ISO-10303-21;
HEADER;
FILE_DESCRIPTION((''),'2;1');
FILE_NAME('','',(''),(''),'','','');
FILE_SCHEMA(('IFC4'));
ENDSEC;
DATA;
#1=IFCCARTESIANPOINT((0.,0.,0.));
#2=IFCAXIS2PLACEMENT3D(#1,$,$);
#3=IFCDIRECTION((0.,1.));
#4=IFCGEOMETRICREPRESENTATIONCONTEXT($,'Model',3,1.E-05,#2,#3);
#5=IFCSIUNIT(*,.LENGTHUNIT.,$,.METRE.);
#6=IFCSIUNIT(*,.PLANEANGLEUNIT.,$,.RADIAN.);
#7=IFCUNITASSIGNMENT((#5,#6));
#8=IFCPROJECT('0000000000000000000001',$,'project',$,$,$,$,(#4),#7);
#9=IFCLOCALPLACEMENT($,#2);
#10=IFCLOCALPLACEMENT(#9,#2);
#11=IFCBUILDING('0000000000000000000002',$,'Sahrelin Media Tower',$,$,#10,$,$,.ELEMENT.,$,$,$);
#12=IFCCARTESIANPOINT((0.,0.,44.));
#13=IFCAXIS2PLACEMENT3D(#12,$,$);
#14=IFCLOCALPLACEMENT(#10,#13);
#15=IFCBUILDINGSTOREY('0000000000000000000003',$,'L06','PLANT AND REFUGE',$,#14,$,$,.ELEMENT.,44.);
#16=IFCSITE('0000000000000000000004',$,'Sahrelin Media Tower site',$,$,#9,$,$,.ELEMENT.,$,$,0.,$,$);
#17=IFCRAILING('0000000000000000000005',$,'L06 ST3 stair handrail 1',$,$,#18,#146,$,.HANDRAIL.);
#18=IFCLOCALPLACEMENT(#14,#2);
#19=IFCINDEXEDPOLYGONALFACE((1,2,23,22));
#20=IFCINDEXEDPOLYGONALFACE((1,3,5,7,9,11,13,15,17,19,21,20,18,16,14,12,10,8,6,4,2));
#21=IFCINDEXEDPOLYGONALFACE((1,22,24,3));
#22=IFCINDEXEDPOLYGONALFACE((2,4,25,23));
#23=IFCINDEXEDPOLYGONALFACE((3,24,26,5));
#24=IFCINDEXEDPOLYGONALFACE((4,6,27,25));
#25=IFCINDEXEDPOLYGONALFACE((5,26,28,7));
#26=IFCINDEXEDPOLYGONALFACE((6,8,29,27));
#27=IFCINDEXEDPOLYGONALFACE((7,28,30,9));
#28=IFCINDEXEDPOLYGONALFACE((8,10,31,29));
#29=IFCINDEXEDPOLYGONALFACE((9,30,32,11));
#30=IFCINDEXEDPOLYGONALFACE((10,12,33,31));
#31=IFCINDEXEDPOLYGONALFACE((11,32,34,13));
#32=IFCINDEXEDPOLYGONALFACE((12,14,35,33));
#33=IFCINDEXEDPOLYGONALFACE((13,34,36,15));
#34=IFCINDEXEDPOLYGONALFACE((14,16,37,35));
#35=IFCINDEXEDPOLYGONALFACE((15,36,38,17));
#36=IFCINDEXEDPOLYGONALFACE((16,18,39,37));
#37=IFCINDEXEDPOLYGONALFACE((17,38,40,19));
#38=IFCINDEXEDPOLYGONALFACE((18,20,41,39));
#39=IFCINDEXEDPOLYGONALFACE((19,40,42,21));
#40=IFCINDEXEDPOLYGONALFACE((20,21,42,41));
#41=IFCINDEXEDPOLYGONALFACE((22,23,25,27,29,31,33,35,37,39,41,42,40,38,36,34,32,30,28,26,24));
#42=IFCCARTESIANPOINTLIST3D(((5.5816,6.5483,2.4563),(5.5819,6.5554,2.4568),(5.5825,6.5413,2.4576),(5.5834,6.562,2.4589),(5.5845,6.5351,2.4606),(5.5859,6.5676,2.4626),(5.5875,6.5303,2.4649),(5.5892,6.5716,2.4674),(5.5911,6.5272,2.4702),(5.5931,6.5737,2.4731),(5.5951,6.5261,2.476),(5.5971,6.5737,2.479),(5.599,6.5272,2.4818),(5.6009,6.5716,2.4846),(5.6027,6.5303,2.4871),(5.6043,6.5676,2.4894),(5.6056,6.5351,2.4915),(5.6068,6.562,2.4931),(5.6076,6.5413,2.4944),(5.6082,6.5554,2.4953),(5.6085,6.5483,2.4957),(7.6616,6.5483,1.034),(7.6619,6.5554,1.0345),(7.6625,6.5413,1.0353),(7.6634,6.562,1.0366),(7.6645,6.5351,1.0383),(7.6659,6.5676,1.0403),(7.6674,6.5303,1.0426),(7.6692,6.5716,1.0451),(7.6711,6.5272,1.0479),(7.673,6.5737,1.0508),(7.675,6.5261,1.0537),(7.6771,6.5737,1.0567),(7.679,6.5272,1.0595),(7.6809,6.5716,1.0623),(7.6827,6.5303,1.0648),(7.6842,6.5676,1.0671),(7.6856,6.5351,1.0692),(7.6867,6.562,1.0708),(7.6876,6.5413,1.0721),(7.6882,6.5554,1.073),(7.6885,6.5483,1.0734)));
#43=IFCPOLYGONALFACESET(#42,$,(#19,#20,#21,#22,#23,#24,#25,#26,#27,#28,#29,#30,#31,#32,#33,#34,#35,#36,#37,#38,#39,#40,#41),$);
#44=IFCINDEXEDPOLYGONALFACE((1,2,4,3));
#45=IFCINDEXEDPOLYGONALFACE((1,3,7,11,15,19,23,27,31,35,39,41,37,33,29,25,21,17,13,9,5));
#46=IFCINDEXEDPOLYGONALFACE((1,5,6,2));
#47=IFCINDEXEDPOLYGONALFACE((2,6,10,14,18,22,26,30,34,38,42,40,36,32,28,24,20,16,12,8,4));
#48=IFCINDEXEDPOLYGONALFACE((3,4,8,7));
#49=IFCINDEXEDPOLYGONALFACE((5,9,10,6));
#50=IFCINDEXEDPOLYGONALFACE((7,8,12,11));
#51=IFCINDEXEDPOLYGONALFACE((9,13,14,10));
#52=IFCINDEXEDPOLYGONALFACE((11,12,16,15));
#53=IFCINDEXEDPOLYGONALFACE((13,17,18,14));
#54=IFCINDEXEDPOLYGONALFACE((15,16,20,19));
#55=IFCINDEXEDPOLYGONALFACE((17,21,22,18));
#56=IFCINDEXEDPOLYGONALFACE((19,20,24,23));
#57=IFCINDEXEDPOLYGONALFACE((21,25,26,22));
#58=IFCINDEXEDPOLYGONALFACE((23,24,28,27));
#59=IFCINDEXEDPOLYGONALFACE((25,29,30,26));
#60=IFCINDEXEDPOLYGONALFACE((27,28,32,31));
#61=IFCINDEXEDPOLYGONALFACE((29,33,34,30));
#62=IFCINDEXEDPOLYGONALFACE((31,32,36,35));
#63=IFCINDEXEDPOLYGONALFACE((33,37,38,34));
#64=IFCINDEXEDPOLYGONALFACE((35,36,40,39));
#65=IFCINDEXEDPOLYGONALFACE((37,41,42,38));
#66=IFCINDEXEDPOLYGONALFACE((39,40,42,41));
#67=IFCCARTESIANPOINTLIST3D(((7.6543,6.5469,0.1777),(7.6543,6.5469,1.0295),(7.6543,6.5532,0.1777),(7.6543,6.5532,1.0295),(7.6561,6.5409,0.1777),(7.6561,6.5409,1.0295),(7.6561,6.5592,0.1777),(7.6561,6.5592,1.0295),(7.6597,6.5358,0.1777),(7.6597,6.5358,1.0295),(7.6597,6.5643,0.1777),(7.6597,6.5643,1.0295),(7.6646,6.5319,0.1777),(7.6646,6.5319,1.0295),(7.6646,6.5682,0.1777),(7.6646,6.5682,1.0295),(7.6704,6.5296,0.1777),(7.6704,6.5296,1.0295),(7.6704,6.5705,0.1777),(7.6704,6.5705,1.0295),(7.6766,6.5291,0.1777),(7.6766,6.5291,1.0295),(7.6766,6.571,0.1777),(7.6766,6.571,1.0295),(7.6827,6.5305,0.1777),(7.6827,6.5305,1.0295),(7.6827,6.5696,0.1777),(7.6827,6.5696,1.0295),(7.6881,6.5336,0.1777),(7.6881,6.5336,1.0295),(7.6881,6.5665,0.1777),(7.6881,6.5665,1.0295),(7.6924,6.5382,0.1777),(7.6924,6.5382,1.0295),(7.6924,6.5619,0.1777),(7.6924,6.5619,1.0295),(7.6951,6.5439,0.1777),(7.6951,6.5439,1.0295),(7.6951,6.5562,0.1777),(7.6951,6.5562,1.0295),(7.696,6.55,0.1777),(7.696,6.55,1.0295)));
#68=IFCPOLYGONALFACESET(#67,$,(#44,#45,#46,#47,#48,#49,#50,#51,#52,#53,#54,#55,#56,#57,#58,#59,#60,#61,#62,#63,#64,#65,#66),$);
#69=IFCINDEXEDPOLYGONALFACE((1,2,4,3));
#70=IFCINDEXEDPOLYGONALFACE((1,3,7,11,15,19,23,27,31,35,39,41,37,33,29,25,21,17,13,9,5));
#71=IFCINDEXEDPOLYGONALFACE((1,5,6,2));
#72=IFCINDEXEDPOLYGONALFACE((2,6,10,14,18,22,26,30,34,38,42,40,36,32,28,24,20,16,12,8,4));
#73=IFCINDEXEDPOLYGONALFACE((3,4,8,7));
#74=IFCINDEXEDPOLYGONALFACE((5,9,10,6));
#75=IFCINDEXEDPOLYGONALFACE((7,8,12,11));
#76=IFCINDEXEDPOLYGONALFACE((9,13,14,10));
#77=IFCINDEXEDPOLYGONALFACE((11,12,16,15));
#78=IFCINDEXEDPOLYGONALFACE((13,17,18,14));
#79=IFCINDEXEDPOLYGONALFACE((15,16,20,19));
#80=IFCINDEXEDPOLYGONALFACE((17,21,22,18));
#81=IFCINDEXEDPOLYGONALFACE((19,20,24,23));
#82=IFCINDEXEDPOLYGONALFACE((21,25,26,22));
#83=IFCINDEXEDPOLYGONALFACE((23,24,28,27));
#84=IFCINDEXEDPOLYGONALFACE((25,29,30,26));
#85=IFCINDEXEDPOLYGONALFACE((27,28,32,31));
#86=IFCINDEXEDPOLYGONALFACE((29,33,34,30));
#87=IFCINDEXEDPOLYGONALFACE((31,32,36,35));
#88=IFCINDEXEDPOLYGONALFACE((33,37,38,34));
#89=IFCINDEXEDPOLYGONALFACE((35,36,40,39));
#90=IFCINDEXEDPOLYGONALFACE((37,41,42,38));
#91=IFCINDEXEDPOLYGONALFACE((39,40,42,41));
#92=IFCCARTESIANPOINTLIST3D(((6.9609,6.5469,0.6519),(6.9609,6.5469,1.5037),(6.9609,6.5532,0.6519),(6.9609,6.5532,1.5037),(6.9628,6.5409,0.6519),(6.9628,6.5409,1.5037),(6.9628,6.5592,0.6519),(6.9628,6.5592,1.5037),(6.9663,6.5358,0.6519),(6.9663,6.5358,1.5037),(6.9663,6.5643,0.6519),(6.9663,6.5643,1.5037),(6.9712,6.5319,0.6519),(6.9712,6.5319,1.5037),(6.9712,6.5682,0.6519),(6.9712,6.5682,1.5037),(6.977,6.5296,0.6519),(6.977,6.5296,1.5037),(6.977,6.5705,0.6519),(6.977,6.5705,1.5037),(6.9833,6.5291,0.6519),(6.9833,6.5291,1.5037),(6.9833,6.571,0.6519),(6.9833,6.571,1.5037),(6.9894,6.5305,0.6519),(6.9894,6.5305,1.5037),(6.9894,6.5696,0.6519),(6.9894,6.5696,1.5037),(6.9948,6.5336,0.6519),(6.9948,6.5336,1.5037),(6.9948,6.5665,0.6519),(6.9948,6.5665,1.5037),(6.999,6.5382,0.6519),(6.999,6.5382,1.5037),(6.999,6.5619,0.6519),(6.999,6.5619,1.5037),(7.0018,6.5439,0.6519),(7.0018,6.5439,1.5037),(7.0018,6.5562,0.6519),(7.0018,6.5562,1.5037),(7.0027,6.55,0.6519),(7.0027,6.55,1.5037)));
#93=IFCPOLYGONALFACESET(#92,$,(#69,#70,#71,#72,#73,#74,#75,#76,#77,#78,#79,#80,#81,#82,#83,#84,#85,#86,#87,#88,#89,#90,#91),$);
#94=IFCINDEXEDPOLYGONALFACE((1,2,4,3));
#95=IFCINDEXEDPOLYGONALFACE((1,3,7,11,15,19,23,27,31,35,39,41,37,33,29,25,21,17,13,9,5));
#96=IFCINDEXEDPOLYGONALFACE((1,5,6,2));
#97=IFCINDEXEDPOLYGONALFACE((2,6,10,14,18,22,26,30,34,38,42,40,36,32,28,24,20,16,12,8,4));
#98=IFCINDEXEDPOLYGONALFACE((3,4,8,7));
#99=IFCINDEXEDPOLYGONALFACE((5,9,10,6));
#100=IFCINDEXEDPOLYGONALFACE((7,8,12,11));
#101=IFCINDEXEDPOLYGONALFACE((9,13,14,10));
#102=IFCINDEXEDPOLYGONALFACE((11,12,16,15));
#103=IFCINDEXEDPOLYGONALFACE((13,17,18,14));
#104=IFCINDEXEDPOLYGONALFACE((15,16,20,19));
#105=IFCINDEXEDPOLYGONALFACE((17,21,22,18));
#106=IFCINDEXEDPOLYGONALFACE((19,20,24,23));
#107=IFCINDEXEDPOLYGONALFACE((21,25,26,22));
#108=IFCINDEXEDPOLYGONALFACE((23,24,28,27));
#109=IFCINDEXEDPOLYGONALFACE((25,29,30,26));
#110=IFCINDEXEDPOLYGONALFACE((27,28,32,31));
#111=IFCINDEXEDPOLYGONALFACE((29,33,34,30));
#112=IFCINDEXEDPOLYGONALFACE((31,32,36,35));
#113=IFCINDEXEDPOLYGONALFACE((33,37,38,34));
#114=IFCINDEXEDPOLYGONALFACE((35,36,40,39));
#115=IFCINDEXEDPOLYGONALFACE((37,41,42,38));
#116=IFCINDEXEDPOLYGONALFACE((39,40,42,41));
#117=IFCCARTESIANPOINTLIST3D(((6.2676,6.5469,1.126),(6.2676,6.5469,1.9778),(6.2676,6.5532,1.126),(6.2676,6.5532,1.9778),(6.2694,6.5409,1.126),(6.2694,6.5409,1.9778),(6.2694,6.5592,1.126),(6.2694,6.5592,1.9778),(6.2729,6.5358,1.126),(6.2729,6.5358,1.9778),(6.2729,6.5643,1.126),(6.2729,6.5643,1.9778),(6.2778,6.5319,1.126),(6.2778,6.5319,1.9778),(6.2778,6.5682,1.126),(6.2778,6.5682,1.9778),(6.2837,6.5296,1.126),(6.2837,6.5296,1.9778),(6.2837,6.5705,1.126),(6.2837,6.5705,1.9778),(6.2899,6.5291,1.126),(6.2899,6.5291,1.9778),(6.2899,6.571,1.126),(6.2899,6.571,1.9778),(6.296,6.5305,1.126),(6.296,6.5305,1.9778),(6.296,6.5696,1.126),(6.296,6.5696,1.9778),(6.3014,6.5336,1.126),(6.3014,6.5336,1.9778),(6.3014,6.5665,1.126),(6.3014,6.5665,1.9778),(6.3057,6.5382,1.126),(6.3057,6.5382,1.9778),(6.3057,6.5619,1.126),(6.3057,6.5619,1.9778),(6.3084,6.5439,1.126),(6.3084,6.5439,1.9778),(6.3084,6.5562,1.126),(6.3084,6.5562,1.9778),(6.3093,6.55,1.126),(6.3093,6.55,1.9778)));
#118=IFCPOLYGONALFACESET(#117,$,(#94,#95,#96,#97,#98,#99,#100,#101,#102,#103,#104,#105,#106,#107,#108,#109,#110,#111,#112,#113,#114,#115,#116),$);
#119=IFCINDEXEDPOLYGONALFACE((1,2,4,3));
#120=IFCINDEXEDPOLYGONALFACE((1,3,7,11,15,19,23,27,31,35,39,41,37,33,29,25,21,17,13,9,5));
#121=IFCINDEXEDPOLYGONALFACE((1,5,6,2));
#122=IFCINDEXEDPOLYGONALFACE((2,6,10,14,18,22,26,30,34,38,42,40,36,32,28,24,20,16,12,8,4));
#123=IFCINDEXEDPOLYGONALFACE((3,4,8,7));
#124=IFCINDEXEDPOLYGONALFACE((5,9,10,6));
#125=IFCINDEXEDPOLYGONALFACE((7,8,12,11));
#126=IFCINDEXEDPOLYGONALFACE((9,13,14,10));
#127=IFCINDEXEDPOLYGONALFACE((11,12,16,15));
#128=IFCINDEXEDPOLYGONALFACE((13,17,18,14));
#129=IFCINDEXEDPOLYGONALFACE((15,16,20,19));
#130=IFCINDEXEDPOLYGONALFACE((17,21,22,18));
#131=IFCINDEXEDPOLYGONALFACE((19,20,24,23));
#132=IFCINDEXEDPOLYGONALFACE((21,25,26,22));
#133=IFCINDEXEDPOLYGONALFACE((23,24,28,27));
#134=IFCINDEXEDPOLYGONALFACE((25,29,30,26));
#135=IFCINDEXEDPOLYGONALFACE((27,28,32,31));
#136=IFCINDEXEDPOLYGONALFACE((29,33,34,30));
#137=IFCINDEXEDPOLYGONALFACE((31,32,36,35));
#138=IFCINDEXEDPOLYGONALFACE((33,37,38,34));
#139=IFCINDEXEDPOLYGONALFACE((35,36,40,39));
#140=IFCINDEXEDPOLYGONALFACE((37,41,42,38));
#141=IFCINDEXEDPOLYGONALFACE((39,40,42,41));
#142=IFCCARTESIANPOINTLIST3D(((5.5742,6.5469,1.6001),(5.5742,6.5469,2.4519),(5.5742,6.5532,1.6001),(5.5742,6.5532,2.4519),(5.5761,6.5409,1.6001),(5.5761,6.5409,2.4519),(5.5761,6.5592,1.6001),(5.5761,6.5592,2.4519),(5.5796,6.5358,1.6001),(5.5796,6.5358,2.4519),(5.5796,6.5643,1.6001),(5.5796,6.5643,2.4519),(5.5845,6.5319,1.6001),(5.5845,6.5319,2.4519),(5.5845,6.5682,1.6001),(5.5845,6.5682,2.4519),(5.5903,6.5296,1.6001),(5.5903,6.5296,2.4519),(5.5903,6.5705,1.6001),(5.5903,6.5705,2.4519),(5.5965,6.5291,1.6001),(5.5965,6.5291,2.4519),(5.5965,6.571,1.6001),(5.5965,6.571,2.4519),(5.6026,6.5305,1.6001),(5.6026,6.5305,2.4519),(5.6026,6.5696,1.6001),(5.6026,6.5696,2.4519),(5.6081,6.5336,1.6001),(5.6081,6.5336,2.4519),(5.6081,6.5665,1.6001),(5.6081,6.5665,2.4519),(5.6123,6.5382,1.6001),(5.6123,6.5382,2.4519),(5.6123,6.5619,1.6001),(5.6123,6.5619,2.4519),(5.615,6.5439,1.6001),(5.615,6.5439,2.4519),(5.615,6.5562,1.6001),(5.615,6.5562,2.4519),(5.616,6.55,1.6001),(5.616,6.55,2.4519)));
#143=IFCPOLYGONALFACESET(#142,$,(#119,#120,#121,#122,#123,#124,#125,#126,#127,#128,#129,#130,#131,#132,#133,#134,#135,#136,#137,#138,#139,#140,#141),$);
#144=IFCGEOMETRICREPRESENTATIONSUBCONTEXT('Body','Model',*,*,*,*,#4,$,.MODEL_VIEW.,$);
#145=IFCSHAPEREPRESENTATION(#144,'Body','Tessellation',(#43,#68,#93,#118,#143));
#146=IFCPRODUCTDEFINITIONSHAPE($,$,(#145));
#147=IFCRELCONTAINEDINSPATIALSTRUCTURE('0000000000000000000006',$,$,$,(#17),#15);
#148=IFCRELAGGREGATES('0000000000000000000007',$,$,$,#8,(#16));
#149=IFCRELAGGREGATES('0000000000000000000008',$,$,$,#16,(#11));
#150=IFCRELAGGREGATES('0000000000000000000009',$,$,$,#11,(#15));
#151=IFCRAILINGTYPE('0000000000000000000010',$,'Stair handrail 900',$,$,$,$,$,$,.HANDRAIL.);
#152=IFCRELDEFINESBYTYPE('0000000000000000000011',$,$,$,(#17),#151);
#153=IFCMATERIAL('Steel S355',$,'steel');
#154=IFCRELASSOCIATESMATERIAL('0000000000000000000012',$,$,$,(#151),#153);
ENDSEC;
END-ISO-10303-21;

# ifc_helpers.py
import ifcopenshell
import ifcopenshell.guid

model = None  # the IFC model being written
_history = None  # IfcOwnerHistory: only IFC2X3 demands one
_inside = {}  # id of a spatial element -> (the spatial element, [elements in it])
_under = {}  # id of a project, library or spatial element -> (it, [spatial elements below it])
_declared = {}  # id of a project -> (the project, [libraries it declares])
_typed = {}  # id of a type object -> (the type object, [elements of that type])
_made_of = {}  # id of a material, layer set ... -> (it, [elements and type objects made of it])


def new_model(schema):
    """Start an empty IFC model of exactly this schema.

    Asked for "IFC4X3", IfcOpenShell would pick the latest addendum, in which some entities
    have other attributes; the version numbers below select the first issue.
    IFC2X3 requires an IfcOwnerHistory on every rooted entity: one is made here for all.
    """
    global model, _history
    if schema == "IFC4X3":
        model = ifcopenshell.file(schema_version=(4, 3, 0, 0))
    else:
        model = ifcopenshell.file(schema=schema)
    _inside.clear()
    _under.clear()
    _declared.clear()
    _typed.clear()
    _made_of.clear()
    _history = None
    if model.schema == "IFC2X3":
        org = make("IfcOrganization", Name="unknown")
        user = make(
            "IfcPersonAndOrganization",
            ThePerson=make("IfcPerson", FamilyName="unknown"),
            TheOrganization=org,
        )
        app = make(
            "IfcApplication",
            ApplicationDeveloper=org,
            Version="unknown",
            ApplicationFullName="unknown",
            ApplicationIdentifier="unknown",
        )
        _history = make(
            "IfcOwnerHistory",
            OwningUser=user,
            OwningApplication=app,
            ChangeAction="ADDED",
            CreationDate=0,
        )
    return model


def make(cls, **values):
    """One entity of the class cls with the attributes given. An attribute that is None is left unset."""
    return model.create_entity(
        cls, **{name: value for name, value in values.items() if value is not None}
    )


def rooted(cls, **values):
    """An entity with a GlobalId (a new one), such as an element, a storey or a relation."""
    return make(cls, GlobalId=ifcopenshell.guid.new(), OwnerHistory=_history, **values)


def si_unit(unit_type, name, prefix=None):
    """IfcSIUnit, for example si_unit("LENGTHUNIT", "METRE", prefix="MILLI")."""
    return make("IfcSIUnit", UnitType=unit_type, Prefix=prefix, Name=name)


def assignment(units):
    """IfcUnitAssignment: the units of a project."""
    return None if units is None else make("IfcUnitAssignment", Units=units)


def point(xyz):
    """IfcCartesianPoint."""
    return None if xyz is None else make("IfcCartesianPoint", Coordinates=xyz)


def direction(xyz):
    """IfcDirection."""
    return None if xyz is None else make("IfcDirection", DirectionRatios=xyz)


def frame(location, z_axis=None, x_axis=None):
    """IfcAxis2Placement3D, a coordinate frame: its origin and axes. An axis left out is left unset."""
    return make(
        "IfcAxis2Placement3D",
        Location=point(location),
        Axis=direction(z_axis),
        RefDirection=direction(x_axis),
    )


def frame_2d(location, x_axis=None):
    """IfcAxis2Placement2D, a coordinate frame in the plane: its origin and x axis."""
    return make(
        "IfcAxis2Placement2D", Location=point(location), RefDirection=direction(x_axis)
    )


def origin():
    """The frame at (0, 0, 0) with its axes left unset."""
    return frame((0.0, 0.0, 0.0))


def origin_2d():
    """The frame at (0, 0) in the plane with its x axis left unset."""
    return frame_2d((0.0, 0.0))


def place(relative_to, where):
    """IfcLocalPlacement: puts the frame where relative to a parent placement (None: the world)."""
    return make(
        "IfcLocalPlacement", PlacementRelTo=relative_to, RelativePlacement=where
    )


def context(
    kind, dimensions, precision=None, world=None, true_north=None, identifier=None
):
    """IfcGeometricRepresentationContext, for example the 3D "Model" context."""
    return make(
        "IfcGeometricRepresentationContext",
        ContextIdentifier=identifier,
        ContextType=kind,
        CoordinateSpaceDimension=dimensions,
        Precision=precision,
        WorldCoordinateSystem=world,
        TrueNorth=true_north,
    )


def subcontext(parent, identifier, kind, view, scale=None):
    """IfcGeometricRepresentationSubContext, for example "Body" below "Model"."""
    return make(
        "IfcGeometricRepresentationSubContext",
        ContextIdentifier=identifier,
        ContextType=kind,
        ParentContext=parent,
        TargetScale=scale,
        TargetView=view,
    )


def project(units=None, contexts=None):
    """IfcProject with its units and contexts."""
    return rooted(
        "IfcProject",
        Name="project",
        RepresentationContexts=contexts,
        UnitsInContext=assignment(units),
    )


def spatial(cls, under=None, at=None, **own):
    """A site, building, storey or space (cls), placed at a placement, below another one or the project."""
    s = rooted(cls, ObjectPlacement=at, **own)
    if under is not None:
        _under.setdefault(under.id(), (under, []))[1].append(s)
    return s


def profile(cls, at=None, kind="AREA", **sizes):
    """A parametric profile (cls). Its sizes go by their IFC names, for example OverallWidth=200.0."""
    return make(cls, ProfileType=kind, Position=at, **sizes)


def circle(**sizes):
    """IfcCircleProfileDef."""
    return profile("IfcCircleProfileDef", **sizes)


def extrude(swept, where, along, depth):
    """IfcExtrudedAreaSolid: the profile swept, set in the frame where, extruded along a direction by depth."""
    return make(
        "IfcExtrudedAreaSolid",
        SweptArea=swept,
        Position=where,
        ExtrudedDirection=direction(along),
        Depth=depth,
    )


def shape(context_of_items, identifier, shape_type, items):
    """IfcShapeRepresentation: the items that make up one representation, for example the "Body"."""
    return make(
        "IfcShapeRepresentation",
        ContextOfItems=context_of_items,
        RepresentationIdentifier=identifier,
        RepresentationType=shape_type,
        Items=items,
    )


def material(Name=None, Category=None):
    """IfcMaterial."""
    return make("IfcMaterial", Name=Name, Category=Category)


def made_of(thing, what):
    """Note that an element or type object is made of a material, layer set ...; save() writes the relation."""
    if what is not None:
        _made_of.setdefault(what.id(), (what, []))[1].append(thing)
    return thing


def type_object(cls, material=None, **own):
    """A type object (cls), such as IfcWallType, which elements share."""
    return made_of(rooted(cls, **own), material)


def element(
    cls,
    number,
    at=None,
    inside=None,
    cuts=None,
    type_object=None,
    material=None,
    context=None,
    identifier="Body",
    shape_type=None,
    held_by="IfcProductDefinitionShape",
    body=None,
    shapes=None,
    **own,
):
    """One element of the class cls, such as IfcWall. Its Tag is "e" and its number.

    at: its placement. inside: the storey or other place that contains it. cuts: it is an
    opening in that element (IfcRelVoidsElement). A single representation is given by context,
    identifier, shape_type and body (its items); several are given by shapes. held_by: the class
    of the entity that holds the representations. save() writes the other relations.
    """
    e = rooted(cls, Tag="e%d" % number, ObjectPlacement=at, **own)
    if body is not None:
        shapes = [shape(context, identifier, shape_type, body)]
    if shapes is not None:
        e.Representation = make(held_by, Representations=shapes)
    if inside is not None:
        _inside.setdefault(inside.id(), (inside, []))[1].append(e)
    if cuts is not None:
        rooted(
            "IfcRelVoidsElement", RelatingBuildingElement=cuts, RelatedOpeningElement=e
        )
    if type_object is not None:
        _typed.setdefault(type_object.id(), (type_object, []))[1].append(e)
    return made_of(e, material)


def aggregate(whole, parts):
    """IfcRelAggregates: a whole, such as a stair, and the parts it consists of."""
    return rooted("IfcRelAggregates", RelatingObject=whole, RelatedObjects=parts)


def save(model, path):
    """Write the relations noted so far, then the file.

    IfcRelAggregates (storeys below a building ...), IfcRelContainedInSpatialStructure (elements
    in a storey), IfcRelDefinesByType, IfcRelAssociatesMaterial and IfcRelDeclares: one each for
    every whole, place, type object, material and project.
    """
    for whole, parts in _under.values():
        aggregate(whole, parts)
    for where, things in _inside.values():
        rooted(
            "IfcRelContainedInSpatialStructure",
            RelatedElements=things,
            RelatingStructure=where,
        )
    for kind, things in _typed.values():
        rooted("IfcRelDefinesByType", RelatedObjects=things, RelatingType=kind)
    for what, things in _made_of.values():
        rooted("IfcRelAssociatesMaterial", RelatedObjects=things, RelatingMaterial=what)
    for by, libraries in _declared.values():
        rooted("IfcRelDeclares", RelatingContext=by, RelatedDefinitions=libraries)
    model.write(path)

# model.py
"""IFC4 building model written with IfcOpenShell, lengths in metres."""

from ifc_helpers import new_model, si_unit, direction, frame, origin, origin_2d, place, context, subcontext, project, spatial, circle, extrude, material, type_object, element, save


model = new_model("IFC4")

# Units and contexts
model_context = context("Model", 3, precision=1e-05, world=origin(), true_north=direction((0.0, 1.0)))
body_context = subcontext(model_context, "Body", "Model", "MODEL_VIEW")
ifc_project = project(units=[si_unit("LENGTHUNIT", "METRE"), si_unit("PLANEANGLEUNIT", "RADIAN")], contexts=[model_context])

# Site, building, storey
site_placement = place(None, origin())
site = spatial("IfcSite", under=ifc_project, at=site_placement, Name="Sahrelin Media Tower site", CompositionType="ELEMENT", RefElevation=0.0)
building_placement = place(site_placement, origin())
building = spatial("IfcBuilding", under=site, at=building_placement, Name="Sahrelin Media Tower", CompositionType="ELEMENT")
storey_placement = place(building_placement, frame((0.0, 0.0, 44.0)))
storey = spatial("IfcBuildingStorey", under=building, at=storey_placement, Name="L06", Description="PLANT AND REFUGE", CompositionType="ELEMENT", Elevation=44.0)

# Shared definitions
ifc_material_1 = material(Name="Steel S355", Category="steel")

# Railing
railing_type_1 = type_object("IfcRailingType", Name="Stair handrail 900", PredefinedType="HANDRAIL", material=ifc_material_1)
for number, where, name in (
    (1, (7.675, 6.55, 0.1777), "L06 ST3 stair handrail 1"),
):
    element("IfcRailing", number, at=place(storey_placement, frame(where)), inside=storey, type_object=railing_type_1, Name=name, PredefinedType="HANDRAIL", context=body_context, shape_type="SweptSolid", body=[
        extrude(circle(Radius=0.0239, at=origin_2d()), frame((0.0, 0.0, 0.876), z_axis=(-0.825464, 0.0, 0.564455), x_axis=(0.0, -1.0, 0.0)), (0.0, 0.0, 1.0), 2.5198),
        extrude(circle(Radius=0.021, at=origin_2d()), origin(), (0.0, 0.0, 1.0), 0.8518),
        extrude(circle(Radius=0.021, at=origin_2d()), frame((-0.6934, 0.0, 0.4741)), (0.0, 0.0, 1.0), 0.8518),
        extrude(circle(Radius=0.021, at=origin_2d()), frame((-1.3867, 0.0, 0.9482)), (0.0, 0.0, 1.0), 0.8518),
        extrude(circle(Radius=0.021, at=origin_2d()), frame((-2.0801, 0.0, 1.4224)), (0.0, 0.0, 1.0), 0.8518),
    ])

save(model, "model.ifc")
